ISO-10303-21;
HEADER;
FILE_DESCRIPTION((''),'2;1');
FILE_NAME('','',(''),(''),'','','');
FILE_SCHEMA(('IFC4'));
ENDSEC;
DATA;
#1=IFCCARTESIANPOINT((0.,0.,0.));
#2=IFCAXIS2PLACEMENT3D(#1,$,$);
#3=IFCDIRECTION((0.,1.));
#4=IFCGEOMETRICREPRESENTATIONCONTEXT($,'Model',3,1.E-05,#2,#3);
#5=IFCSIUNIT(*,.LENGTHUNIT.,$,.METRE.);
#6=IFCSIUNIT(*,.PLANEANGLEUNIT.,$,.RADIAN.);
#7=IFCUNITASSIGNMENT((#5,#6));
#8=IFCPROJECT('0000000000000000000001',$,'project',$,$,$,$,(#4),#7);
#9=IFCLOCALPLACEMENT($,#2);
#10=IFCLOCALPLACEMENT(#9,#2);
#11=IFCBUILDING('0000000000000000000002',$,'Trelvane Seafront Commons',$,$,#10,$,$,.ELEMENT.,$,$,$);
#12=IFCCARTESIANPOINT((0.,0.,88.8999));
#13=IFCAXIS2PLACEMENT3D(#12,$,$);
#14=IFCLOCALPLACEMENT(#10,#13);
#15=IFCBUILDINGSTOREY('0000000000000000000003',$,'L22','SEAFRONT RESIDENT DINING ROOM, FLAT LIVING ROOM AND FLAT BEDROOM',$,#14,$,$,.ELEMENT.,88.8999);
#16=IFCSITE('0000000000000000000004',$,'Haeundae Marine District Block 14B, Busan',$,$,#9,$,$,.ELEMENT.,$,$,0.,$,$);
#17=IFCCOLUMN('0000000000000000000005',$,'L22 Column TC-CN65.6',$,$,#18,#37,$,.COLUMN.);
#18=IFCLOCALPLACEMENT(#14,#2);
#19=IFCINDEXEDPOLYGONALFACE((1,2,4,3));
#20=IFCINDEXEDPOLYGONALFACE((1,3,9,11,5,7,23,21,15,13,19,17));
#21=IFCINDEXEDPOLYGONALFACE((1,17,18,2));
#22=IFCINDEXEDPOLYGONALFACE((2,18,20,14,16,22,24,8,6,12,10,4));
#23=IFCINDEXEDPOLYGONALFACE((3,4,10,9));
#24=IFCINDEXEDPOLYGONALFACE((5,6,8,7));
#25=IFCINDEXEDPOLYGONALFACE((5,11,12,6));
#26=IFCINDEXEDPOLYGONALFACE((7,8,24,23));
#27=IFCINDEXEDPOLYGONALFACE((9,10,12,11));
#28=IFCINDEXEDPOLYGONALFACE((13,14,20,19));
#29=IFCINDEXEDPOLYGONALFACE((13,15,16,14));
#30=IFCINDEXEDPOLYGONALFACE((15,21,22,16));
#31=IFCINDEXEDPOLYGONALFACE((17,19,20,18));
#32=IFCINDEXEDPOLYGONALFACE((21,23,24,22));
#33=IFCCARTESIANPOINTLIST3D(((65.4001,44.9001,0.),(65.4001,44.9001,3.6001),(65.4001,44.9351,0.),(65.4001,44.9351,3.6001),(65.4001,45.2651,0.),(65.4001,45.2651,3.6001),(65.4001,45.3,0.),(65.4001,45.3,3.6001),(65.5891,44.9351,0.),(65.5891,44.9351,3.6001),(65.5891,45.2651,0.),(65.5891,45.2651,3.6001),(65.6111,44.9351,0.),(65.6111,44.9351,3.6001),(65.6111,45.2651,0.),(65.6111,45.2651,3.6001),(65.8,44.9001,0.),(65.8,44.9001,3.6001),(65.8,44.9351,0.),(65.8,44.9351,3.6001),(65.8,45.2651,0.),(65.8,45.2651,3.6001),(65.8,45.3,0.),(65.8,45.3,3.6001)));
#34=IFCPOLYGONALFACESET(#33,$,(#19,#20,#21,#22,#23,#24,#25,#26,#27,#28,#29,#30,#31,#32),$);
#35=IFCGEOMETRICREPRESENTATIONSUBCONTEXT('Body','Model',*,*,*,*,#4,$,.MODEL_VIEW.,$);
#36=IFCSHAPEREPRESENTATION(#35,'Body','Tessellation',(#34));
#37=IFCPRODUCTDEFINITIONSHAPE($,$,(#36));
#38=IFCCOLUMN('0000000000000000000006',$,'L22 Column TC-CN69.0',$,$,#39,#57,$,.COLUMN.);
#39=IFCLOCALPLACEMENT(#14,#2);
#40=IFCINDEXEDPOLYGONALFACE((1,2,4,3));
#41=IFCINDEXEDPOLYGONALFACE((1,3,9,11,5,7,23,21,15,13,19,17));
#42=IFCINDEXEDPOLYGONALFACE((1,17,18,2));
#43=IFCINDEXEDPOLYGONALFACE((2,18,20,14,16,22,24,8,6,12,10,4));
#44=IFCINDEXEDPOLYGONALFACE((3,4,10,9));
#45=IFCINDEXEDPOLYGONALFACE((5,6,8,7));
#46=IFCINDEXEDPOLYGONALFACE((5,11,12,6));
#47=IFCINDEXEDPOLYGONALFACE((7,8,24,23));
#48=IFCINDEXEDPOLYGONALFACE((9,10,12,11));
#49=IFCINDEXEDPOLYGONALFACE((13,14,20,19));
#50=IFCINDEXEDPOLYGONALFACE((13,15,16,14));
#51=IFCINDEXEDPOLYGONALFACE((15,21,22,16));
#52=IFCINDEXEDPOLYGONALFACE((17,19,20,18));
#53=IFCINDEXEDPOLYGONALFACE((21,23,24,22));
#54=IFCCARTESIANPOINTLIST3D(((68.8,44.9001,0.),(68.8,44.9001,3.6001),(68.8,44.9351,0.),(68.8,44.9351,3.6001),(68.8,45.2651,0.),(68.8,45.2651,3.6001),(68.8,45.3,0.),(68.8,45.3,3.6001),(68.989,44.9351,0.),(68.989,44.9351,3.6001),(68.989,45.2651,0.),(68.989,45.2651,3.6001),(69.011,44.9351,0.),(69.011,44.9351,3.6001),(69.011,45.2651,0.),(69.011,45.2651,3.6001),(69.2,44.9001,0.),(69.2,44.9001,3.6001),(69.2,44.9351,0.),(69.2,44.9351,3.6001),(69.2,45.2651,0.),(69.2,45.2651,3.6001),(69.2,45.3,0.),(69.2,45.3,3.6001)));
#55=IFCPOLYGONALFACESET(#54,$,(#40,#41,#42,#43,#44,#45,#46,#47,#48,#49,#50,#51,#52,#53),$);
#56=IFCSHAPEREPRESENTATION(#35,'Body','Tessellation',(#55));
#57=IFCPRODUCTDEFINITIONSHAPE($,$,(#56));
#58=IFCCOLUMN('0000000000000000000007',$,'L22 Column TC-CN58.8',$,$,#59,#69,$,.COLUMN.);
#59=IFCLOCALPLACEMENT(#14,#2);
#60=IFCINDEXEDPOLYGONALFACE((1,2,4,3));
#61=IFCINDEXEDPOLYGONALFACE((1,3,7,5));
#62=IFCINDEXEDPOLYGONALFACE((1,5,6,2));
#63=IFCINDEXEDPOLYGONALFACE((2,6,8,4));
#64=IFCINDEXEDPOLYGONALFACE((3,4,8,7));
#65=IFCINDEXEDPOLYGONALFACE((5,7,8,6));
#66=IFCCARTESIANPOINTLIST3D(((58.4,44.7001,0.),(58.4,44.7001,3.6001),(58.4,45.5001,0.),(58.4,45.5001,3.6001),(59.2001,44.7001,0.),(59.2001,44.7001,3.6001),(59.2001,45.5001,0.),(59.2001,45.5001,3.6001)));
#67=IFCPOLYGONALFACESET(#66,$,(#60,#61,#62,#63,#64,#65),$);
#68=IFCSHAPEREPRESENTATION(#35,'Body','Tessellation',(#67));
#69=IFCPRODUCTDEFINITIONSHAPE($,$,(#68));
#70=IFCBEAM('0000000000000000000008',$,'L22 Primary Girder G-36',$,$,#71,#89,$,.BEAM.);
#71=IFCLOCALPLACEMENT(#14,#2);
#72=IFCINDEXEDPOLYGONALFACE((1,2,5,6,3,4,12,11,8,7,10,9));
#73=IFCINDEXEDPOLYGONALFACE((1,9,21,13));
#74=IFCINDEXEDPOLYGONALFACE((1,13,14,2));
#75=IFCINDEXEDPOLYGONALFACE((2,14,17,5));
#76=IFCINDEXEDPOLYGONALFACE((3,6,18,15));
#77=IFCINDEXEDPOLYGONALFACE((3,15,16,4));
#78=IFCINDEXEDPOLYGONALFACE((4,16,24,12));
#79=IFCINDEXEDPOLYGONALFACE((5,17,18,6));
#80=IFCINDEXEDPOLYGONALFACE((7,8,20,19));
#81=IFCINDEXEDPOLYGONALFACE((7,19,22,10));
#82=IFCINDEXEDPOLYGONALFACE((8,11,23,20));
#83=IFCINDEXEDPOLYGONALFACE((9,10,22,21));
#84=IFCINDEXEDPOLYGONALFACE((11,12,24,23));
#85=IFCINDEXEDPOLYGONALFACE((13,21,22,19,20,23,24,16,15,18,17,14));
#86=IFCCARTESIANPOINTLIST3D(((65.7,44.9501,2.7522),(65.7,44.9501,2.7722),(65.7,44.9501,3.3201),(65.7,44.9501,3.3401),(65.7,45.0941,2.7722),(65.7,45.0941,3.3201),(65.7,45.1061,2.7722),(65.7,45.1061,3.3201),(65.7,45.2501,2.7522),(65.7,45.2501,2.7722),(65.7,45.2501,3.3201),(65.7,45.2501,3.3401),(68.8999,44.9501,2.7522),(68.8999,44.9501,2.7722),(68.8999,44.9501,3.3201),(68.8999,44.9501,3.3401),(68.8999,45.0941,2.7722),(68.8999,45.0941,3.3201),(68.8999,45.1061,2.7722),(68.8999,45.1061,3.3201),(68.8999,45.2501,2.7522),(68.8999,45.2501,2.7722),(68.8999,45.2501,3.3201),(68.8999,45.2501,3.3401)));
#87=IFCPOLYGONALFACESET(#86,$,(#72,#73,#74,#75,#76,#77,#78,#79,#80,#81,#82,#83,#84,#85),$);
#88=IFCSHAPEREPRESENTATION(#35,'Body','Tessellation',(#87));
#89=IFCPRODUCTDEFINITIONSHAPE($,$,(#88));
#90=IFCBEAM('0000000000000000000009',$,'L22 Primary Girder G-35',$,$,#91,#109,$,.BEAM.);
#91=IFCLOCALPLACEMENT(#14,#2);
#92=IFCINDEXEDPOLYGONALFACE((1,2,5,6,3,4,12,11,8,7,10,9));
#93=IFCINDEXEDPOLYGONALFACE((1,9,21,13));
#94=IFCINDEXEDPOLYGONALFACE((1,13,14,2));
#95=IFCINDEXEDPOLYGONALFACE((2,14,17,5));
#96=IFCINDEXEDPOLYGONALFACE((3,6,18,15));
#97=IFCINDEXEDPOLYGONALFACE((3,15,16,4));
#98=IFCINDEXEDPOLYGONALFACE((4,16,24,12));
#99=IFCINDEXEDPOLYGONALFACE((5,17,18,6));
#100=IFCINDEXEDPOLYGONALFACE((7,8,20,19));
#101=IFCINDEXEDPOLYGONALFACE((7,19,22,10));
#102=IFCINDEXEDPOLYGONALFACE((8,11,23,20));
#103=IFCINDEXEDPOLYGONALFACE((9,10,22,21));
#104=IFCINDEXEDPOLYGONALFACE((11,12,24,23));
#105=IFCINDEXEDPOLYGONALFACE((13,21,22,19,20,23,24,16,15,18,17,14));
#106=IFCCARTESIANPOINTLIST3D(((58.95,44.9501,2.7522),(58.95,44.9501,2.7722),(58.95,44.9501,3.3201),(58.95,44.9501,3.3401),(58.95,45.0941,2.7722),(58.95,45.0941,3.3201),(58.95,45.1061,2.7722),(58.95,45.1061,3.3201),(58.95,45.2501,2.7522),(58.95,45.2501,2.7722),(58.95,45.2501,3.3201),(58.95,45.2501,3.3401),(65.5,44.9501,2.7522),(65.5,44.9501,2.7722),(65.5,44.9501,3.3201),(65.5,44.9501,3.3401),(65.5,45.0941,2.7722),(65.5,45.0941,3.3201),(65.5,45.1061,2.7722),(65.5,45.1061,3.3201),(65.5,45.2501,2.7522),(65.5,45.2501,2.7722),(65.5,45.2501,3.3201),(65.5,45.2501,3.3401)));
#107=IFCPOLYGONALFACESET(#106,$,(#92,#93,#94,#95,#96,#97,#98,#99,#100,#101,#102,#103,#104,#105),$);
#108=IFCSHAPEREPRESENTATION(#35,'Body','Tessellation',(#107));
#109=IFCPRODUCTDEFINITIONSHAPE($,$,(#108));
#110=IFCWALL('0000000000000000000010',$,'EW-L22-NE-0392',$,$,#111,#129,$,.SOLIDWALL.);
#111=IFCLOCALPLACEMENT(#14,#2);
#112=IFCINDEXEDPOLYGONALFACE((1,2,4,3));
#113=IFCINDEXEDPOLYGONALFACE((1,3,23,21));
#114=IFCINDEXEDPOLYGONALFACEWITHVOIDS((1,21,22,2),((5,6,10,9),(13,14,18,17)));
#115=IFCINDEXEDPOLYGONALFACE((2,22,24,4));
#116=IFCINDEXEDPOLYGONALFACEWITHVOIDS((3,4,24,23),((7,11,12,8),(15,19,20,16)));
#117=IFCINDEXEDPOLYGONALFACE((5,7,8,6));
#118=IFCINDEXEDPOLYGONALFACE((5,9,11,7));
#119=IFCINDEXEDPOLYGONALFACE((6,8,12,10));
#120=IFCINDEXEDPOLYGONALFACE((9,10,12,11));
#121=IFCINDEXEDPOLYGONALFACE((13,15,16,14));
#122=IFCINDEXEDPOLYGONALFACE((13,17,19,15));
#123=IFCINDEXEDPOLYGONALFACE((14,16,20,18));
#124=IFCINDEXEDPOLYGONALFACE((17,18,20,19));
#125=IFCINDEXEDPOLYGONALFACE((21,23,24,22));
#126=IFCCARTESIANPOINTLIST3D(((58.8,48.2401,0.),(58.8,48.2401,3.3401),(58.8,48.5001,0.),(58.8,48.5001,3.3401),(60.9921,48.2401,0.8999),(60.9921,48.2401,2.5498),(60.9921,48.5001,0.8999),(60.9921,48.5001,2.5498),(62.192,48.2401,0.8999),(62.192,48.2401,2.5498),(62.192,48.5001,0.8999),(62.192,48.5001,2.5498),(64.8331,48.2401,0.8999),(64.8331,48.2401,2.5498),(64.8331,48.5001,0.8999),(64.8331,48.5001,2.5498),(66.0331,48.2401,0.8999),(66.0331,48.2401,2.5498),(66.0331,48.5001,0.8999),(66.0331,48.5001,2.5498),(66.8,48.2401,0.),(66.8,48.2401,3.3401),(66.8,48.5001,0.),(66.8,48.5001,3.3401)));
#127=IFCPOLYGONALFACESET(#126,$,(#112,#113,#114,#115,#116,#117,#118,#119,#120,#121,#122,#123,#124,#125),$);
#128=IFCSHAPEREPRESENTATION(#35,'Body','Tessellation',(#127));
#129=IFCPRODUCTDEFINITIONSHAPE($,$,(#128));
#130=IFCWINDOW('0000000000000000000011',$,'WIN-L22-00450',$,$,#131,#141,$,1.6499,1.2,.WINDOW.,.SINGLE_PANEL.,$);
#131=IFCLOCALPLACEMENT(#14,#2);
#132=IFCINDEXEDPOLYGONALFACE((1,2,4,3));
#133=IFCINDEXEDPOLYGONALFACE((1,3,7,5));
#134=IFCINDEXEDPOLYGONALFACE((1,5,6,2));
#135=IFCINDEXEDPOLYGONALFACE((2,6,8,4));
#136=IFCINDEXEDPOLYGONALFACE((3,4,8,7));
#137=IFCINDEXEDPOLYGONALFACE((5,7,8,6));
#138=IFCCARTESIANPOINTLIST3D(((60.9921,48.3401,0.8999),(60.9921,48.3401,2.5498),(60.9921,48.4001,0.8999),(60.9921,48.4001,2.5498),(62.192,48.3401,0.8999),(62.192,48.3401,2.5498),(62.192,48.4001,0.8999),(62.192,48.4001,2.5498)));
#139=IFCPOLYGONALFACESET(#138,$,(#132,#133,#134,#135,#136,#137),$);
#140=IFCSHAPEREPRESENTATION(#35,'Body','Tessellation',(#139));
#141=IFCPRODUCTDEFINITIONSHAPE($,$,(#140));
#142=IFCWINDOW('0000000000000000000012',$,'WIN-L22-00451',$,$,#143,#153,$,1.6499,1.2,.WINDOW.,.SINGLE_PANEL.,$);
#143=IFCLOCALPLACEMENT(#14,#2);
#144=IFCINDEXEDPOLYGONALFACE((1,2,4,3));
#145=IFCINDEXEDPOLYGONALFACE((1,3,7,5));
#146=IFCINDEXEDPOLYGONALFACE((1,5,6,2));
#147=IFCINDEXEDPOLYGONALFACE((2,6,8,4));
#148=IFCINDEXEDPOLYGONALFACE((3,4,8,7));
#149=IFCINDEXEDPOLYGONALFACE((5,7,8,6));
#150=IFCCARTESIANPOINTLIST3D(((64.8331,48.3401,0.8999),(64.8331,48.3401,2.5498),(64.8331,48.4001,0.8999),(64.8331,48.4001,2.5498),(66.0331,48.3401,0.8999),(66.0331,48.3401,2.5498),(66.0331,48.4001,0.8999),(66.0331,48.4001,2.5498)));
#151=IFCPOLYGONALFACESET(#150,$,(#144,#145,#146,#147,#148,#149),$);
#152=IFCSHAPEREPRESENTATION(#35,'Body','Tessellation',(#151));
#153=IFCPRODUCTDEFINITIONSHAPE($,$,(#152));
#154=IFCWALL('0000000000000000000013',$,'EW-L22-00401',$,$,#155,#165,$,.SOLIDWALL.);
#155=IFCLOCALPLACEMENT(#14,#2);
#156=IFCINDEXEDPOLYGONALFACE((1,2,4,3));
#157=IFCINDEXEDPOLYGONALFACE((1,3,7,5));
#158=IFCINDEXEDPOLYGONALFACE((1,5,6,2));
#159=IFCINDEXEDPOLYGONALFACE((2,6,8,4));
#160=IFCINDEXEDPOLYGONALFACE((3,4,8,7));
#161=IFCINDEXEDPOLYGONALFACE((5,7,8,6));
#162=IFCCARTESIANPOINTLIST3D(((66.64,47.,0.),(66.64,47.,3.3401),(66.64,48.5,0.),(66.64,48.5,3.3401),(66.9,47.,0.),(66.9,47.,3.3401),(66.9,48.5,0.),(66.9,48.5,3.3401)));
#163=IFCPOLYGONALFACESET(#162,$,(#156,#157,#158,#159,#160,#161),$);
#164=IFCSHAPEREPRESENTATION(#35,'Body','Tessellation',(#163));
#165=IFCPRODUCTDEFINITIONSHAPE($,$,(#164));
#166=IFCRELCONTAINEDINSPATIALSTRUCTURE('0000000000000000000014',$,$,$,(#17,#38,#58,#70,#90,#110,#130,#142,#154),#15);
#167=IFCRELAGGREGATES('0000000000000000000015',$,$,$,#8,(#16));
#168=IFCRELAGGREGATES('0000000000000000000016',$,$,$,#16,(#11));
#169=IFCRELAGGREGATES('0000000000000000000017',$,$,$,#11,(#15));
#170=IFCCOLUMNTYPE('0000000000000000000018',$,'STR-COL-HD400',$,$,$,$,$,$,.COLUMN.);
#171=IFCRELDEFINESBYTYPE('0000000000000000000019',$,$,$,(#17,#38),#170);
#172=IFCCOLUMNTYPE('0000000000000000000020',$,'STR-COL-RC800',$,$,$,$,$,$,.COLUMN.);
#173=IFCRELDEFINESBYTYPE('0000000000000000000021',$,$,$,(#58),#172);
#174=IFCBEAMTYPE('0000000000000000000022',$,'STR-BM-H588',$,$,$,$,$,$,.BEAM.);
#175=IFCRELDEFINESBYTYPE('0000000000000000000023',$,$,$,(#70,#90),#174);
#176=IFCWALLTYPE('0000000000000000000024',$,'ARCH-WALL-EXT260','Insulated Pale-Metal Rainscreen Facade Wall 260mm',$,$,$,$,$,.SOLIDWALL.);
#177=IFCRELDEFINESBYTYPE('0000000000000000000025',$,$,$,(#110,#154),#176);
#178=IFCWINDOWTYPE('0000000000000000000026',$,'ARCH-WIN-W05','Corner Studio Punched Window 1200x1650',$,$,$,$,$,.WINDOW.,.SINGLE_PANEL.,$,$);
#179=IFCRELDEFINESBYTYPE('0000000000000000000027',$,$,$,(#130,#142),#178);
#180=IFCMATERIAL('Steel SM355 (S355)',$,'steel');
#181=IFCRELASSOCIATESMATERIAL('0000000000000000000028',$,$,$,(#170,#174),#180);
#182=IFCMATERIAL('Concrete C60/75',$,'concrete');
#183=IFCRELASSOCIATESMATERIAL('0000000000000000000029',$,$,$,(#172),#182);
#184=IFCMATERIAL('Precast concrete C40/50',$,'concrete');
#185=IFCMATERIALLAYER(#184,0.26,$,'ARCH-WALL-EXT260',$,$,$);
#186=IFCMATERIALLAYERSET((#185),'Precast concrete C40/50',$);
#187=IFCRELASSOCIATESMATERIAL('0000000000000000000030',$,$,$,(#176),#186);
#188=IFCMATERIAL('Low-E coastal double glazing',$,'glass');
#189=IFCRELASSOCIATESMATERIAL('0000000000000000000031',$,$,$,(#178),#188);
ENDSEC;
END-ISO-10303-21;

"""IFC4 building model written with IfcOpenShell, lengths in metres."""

from ifc_helpers import new_model, si_unit, direction, frame, frame_2d, origin, origin_2d, place, context, subcontext, project, spatial, rectangle, i_section, extrude, source, transform, mapped, material, layer, layer_set, material_profile, profile_set, type_object, element, fill, save


model = new_model("IFC4")

# Units and contexts
model_context = context("Model", 3, precision=1e-05, world=origin(), true_north=direction((0.0, 1.0)))
body_context = subcontext(model_context, "Body", "Model", "MODEL_VIEW")
ifc_project = project(units=[si_unit("LENGTHUNIT", "METRE"), si_unit("PLANEANGLEUNIT", "RADIAN")], contexts=[model_context])

# Site, building, storey
site_placement = place(None, origin())
site = spatial("IfcSite", under=ifc_project, at=site_placement, Name="Haeundae Marine District Block 14B, Busan", CompositionType="ELEMENT", RefElevation=0.0)
building_placement = place(site_placement, origin())
building = spatial("IfcBuilding", under=site, at=building_placement, Name="Trelvane Seafront Commons", CompositionType="ELEMENT")
storey_placement = place(building_placement, frame((0.0, 0.0, 88.8999)))
storey = spatial("IfcBuildingStorey", under=building, at=storey_placement, Name="L22", Description="SEAFRONT RESIDENT DINING ROOM, FLAT LIVING ROOM AND FLAT BEDROOM", CompositionType="ELEMENT", Elevation=88.8999)

# Columns
ifc_material_1 = material(Name="Steel SM355 (S355)", Category="steel")
ifc_material_profile_1 = material_profile(ifc_material_1, i_section(OverallWidth=0.3999, OverallDepth=0.3999, WebThickness=0.022, FlangeThickness=0.0349, at=origin_2d()), Name="HD-400x400x22x35")
ifc_profile_set_1 = profile_set([ifc_material_profile_1], Name="Steel SM355 (S355)")
column_type_1 = type_object("IfcColumnType", Name="STR-COL-HD400", PredefinedType="COLUMN", material=ifc_profile_set_1)
shared_shape_1 = source(origin(), body_context, "Body", "SweptSolid", [
    extrude(i_section(OverallWidth=0.3999, OverallDepth=0.3999, WebThickness=0.022, FlangeThickness=0.0349, at=origin_2d()), origin(), (0.0, 0.0, 1.0), 3.6001),
])
for number, where, z_axis, x_axis, name in (
    (1, (65.6001, 45.1001, 0.0), (0.0, 0.0, 1.0), (1.0, 0.0, 0.0), "L22 Column TC-CN65.6"),
    (2, (69.0, 45.1001, 0.0), (0.0, 0.0, 1.0), (1.0, 0.0, 0.0), "L22 Column TC-CN69.0"),
):
    element("IfcColumn", number, at=place(storey_placement, frame(where, z_axis=z_axis, x_axis=x_axis)), inside=storey, type_object=column_type_1, Name=name, PredefinedType="COLUMN", context=body_context, shape_type="MappedRepresentation", body=[
        mapped(shared_shape_1, transform((0.0, 0.0, 0.0), x_axis=(1.0, 0.0, 0.0), y_axis=(0.0, 1.0, 0.0), z_axis=(0.0, 0.0, 1.0), scale=1.0)),
    ])
ifc_material_2 = material(Name="Concrete C60/75", Category="concrete")
ifc_material_profile_2 = material_profile(ifc_material_2, rectangle(XDim=0.8, YDim=0.8, at=origin_2d()), Name="RC-800x800")
ifc_profile_set_2 = profile_set([ifc_material_profile_2], Name="Concrete C60/75")
column_type_2 = type_object("IfcColumnType", Name="STR-COL-RC800", PredefinedType="COLUMN", material=ifc_profile_set_2)
shared_shape_2 = source(origin(), body_context, "Body", "SweptSolid", [
    extrude(rectangle(XDim=0.8, YDim=0.8, at=origin_2d()), origin(), (0.0, 0.0, 1.0), 3.6001),
])
column_placement = place(storey_placement, frame((58.8, 45.1001, 0.0), z_axis=(0.0, 0.0, 1.0), x_axis=(1.0, 0.0, 0.0)))
element("IfcColumn", 3, at=column_placement, inside=storey, type_object=column_type_2, Name="L22 Column TC-CN58.8", PredefinedType="COLUMN", context=body_context, shape_type="MappedRepresentation", body=[
    mapped(shared_shape_2, transform((0.0, 0.0, 0.0), x_axis=(1.0, 0.0, 0.0), y_axis=(0.0, 1.0, 0.0), z_axis=(0.0, 0.0, 1.0), scale=1.0)),
])

# Beams
ifc_material_profile_3 = material_profile(ifc_material_1, i_section(OverallWidth=0.3, OverallDepth=0.5879, WebThickness=0.012, FlangeThickness=0.02, at=origin_2d()), Name="H-588x300x12x20")
ifc_profile_set_3 = profile_set([ifc_material_profile_3], Name="Steel SM355 (S355)")
beam_type = type_object("IfcBeamType", Name="STR-BM-H588", PredefinedType="BEAM", material=ifc_profile_set_3)
shared_shape_3 = source(origin(), body_context, "Body", "SweptSolid", [
    extrude(i_section(OverallWidth=0.3, OverallDepth=0.5879, WebThickness=0.012, FlangeThickness=0.02, at=origin_2d()), origin(), (0.0, 0.0, 1.0), 3.2),
])
beam_1_placement = place(storey_placement, frame((65.7, 45.1001, 3.0461), z_axis=(1.0, 0.0, 0.0), x_axis=(0.0, 1.0, 0.0)))
element("IfcBeam", 4, at=beam_1_placement, inside=storey, type_object=beam_type, Name="L22 Primary Girder G-36", PredefinedType="BEAM", context=body_context, shape_type="MappedRepresentation", body=[
    mapped(shared_shape_3, transform((0.0, 0.0, 0.0), x_axis=(1.0, 0.0, 0.0), y_axis=(0.0, 1.0, 0.0), z_axis=(0.0, 0.0, 1.0), scale=1.0)),
])
shared_shape_4 = source(origin(), body_context, "Body", "SweptSolid", [
    extrude(i_section(OverallWidth=0.3, OverallDepth=0.5879, WebThickness=0.012, FlangeThickness=0.02, at=origin_2d()), origin(), (0.0, 0.0, 1.0), 6.55),
])
beam_2_placement = place(storey_placement, frame((58.95, 45.1001, 3.0461), z_axis=(1.0, 0.0, 0.0), x_axis=(0.0, 1.0, 0.0)))
element("IfcBeam", 5, at=beam_2_placement, inside=storey, type_object=beam_type, Name="L22 Primary Girder G-35", PredefinedType="BEAM", context=body_context, shape_type="MappedRepresentation", body=[
    mapped(shared_shape_4, transform((0.0, 0.0, 0.0), x_axis=(1.0, 0.0, 0.0), y_axis=(0.0, 1.0, 0.0), z_axis=(0.0, 0.0, 1.0), scale=1.0)),
])

# Wall, openings, windows
ifc_material_3 = material(Name="Precast concrete C40/50", Category="concrete")
ifc_layer_1 = layer(ifc_material_3, 0.26, Name="ARCH-WALL-EXT260")
ifc_layer_set_1 = layer_set([ifc_layer_1], Name="Precast concrete C40/50")
wall_type_1 = type_object("IfcWallType", Name="ARCH-WALL-EXT260", Description="Insulated Pale-Metal Rainscreen Facade Wall 260mm", PredefinedType="SOLIDWALL", material=ifc_layer_set_1)
wall_1_placement = place(storey_placement, frame((58.8, 48.3701, 0.0), z_axis=(0.0, 0.0, 1.0), x_axis=(1.0, 0.0, 0.0)))
wall_1 = element("IfcWall", 6, at=wall_1_placement, inside=storey, type_object=wall_type_1, Name="EW-L22-NE-0392", PredefinedType="SOLIDWALL", context=body_context, shape_type="SweptSolid", body=[
    extrude(rectangle(XDim=8.0, YDim=0.26, at=frame_2d((4.0, 0.0))), origin(), (0.0, 0.0, 1.0), 3.3401),
])
opening_1_placement = place(wall_1_placement, frame((2.1919, 0.0, 0.8999)))
opening_1 = element("IfcOpeningElement", 7, at=opening_1_placement, cuts=wall_1, PredefinedType="OPENING", context=body_context, shape_type="SweptSolid", body=[
    extrude(rectangle(XDim=1.2, YDim=1.6499, at=frame_2d((0.6001, 0.825))), frame((0.0, 0.1399, 0.0), z_axis=(0.0, -1.0, 0.0), x_axis=(1.0, 0.0, 0.0)), (0.0, 0.0, 1.0), 0.28),
])
opening_2_placement = place(wall_1_placement, frame((6.033, 0.0, 0.8999)))
opening_2 = element("IfcOpeningElement", 8, at=opening_2_placement, cuts=wall_1, PredefinedType="OPENING", context=body_context, shape_type="SweptSolid", body=[
    extrude(rectangle(XDim=1.2, YDim=1.6499, at=frame_2d((0.6001, 0.825))), frame((0.0, 0.1399, 0.0), z_axis=(0.0, -1.0, 0.0), x_axis=(1.0, 0.0, 0.0)), (0.0, 0.0, 1.0), 0.28),
])
ifc_material_4 = material(Name="Low-E coastal double glazing", Category="glass")
window_type_1 = type_object("IfcWindowType", Name="ARCH-WIN-W05", Description="Corner Studio Punched Window 1200x1650", PartitioningType="SINGLE_PANEL", PredefinedType="WINDOW", material=ifc_material_4)
shared_shape_5 = source(origin(), body_context, "Body", "SweptSolid", [
    extrude(rectangle(XDim=1.2, YDim=1.6499, at=frame_2d((0.6001, 0.825))), frame((0.0, 0.03, 0.0), z_axis=(0.0, -1.0, 0.0), x_axis=(1.0, 0.0, 0.0)), (0.0, 0.0, 1.0), 0.0601),
])
window_1_placement = place(opening_1_placement, origin())
window_1 = element("IfcWindow", 9, at=window_1_placement, inside=storey, type_object=window_type_1, Name="WIN-L22-00450", OverallHeight=1.6499, OverallWidth=1.2, PartitioningType="SINGLE_PANEL", PredefinedType="WINDOW", context=body_context, shape_type="MappedRepresentation", body=[
    mapped(shared_shape_5, transform((0.0, 0.0, 0.0), x_axis=(1.0, 0.0, 0.0), y_axis=(0.0, 1.0, 0.0), z_axis=(0.0, 0.0, 1.0), scale=1.0)),
])
fill(opening_1, window_1)
window_2_placement = place(opening_2_placement, origin())
window_2 = element("IfcWindow", 10, at=window_2_placement, inside=storey, type_object=window_type_1, Name="WIN-L22-00451", OverallHeight=1.6499, OverallWidth=1.2, PartitioningType="SINGLE_PANEL", PredefinedType="WINDOW", context=body_context, shape_type="MappedRepresentation", body=[
    mapped(shared_shape_5, transform((0.0, 0.0, 0.0), x_axis=(1.0, 0.0, 0.0), y_axis=(0.0, 1.0, 0.0), z_axis=(0.0, 0.0, 1.0), scale=1.0)),
])
fill(opening_2, window_2)

# Wall
for number, where, z_axis, x_axis, name in (
    (11, (66.77, 48.5, 0.0), (0.0, 0.0, 1.0), (0.0, -1.0, 0.0), "EW-L22-00401"),
):
    element("IfcWall", number, at=place(storey_placement, frame(where, z_axis=z_axis, x_axis=x_axis)), inside=storey, type_object=wall_type_1, Name=name, PredefinedType="SOLIDWALL", context=body_context, shape_type="SweptSolid", body=[
        extrude(rectangle(XDim=1.5, YDim=0.26, at=frame_2d((0.75, 0.0))), origin(), (0.0, 0.0, 1.0), 3.3401),
    ])

save(model, "model.ifc")
